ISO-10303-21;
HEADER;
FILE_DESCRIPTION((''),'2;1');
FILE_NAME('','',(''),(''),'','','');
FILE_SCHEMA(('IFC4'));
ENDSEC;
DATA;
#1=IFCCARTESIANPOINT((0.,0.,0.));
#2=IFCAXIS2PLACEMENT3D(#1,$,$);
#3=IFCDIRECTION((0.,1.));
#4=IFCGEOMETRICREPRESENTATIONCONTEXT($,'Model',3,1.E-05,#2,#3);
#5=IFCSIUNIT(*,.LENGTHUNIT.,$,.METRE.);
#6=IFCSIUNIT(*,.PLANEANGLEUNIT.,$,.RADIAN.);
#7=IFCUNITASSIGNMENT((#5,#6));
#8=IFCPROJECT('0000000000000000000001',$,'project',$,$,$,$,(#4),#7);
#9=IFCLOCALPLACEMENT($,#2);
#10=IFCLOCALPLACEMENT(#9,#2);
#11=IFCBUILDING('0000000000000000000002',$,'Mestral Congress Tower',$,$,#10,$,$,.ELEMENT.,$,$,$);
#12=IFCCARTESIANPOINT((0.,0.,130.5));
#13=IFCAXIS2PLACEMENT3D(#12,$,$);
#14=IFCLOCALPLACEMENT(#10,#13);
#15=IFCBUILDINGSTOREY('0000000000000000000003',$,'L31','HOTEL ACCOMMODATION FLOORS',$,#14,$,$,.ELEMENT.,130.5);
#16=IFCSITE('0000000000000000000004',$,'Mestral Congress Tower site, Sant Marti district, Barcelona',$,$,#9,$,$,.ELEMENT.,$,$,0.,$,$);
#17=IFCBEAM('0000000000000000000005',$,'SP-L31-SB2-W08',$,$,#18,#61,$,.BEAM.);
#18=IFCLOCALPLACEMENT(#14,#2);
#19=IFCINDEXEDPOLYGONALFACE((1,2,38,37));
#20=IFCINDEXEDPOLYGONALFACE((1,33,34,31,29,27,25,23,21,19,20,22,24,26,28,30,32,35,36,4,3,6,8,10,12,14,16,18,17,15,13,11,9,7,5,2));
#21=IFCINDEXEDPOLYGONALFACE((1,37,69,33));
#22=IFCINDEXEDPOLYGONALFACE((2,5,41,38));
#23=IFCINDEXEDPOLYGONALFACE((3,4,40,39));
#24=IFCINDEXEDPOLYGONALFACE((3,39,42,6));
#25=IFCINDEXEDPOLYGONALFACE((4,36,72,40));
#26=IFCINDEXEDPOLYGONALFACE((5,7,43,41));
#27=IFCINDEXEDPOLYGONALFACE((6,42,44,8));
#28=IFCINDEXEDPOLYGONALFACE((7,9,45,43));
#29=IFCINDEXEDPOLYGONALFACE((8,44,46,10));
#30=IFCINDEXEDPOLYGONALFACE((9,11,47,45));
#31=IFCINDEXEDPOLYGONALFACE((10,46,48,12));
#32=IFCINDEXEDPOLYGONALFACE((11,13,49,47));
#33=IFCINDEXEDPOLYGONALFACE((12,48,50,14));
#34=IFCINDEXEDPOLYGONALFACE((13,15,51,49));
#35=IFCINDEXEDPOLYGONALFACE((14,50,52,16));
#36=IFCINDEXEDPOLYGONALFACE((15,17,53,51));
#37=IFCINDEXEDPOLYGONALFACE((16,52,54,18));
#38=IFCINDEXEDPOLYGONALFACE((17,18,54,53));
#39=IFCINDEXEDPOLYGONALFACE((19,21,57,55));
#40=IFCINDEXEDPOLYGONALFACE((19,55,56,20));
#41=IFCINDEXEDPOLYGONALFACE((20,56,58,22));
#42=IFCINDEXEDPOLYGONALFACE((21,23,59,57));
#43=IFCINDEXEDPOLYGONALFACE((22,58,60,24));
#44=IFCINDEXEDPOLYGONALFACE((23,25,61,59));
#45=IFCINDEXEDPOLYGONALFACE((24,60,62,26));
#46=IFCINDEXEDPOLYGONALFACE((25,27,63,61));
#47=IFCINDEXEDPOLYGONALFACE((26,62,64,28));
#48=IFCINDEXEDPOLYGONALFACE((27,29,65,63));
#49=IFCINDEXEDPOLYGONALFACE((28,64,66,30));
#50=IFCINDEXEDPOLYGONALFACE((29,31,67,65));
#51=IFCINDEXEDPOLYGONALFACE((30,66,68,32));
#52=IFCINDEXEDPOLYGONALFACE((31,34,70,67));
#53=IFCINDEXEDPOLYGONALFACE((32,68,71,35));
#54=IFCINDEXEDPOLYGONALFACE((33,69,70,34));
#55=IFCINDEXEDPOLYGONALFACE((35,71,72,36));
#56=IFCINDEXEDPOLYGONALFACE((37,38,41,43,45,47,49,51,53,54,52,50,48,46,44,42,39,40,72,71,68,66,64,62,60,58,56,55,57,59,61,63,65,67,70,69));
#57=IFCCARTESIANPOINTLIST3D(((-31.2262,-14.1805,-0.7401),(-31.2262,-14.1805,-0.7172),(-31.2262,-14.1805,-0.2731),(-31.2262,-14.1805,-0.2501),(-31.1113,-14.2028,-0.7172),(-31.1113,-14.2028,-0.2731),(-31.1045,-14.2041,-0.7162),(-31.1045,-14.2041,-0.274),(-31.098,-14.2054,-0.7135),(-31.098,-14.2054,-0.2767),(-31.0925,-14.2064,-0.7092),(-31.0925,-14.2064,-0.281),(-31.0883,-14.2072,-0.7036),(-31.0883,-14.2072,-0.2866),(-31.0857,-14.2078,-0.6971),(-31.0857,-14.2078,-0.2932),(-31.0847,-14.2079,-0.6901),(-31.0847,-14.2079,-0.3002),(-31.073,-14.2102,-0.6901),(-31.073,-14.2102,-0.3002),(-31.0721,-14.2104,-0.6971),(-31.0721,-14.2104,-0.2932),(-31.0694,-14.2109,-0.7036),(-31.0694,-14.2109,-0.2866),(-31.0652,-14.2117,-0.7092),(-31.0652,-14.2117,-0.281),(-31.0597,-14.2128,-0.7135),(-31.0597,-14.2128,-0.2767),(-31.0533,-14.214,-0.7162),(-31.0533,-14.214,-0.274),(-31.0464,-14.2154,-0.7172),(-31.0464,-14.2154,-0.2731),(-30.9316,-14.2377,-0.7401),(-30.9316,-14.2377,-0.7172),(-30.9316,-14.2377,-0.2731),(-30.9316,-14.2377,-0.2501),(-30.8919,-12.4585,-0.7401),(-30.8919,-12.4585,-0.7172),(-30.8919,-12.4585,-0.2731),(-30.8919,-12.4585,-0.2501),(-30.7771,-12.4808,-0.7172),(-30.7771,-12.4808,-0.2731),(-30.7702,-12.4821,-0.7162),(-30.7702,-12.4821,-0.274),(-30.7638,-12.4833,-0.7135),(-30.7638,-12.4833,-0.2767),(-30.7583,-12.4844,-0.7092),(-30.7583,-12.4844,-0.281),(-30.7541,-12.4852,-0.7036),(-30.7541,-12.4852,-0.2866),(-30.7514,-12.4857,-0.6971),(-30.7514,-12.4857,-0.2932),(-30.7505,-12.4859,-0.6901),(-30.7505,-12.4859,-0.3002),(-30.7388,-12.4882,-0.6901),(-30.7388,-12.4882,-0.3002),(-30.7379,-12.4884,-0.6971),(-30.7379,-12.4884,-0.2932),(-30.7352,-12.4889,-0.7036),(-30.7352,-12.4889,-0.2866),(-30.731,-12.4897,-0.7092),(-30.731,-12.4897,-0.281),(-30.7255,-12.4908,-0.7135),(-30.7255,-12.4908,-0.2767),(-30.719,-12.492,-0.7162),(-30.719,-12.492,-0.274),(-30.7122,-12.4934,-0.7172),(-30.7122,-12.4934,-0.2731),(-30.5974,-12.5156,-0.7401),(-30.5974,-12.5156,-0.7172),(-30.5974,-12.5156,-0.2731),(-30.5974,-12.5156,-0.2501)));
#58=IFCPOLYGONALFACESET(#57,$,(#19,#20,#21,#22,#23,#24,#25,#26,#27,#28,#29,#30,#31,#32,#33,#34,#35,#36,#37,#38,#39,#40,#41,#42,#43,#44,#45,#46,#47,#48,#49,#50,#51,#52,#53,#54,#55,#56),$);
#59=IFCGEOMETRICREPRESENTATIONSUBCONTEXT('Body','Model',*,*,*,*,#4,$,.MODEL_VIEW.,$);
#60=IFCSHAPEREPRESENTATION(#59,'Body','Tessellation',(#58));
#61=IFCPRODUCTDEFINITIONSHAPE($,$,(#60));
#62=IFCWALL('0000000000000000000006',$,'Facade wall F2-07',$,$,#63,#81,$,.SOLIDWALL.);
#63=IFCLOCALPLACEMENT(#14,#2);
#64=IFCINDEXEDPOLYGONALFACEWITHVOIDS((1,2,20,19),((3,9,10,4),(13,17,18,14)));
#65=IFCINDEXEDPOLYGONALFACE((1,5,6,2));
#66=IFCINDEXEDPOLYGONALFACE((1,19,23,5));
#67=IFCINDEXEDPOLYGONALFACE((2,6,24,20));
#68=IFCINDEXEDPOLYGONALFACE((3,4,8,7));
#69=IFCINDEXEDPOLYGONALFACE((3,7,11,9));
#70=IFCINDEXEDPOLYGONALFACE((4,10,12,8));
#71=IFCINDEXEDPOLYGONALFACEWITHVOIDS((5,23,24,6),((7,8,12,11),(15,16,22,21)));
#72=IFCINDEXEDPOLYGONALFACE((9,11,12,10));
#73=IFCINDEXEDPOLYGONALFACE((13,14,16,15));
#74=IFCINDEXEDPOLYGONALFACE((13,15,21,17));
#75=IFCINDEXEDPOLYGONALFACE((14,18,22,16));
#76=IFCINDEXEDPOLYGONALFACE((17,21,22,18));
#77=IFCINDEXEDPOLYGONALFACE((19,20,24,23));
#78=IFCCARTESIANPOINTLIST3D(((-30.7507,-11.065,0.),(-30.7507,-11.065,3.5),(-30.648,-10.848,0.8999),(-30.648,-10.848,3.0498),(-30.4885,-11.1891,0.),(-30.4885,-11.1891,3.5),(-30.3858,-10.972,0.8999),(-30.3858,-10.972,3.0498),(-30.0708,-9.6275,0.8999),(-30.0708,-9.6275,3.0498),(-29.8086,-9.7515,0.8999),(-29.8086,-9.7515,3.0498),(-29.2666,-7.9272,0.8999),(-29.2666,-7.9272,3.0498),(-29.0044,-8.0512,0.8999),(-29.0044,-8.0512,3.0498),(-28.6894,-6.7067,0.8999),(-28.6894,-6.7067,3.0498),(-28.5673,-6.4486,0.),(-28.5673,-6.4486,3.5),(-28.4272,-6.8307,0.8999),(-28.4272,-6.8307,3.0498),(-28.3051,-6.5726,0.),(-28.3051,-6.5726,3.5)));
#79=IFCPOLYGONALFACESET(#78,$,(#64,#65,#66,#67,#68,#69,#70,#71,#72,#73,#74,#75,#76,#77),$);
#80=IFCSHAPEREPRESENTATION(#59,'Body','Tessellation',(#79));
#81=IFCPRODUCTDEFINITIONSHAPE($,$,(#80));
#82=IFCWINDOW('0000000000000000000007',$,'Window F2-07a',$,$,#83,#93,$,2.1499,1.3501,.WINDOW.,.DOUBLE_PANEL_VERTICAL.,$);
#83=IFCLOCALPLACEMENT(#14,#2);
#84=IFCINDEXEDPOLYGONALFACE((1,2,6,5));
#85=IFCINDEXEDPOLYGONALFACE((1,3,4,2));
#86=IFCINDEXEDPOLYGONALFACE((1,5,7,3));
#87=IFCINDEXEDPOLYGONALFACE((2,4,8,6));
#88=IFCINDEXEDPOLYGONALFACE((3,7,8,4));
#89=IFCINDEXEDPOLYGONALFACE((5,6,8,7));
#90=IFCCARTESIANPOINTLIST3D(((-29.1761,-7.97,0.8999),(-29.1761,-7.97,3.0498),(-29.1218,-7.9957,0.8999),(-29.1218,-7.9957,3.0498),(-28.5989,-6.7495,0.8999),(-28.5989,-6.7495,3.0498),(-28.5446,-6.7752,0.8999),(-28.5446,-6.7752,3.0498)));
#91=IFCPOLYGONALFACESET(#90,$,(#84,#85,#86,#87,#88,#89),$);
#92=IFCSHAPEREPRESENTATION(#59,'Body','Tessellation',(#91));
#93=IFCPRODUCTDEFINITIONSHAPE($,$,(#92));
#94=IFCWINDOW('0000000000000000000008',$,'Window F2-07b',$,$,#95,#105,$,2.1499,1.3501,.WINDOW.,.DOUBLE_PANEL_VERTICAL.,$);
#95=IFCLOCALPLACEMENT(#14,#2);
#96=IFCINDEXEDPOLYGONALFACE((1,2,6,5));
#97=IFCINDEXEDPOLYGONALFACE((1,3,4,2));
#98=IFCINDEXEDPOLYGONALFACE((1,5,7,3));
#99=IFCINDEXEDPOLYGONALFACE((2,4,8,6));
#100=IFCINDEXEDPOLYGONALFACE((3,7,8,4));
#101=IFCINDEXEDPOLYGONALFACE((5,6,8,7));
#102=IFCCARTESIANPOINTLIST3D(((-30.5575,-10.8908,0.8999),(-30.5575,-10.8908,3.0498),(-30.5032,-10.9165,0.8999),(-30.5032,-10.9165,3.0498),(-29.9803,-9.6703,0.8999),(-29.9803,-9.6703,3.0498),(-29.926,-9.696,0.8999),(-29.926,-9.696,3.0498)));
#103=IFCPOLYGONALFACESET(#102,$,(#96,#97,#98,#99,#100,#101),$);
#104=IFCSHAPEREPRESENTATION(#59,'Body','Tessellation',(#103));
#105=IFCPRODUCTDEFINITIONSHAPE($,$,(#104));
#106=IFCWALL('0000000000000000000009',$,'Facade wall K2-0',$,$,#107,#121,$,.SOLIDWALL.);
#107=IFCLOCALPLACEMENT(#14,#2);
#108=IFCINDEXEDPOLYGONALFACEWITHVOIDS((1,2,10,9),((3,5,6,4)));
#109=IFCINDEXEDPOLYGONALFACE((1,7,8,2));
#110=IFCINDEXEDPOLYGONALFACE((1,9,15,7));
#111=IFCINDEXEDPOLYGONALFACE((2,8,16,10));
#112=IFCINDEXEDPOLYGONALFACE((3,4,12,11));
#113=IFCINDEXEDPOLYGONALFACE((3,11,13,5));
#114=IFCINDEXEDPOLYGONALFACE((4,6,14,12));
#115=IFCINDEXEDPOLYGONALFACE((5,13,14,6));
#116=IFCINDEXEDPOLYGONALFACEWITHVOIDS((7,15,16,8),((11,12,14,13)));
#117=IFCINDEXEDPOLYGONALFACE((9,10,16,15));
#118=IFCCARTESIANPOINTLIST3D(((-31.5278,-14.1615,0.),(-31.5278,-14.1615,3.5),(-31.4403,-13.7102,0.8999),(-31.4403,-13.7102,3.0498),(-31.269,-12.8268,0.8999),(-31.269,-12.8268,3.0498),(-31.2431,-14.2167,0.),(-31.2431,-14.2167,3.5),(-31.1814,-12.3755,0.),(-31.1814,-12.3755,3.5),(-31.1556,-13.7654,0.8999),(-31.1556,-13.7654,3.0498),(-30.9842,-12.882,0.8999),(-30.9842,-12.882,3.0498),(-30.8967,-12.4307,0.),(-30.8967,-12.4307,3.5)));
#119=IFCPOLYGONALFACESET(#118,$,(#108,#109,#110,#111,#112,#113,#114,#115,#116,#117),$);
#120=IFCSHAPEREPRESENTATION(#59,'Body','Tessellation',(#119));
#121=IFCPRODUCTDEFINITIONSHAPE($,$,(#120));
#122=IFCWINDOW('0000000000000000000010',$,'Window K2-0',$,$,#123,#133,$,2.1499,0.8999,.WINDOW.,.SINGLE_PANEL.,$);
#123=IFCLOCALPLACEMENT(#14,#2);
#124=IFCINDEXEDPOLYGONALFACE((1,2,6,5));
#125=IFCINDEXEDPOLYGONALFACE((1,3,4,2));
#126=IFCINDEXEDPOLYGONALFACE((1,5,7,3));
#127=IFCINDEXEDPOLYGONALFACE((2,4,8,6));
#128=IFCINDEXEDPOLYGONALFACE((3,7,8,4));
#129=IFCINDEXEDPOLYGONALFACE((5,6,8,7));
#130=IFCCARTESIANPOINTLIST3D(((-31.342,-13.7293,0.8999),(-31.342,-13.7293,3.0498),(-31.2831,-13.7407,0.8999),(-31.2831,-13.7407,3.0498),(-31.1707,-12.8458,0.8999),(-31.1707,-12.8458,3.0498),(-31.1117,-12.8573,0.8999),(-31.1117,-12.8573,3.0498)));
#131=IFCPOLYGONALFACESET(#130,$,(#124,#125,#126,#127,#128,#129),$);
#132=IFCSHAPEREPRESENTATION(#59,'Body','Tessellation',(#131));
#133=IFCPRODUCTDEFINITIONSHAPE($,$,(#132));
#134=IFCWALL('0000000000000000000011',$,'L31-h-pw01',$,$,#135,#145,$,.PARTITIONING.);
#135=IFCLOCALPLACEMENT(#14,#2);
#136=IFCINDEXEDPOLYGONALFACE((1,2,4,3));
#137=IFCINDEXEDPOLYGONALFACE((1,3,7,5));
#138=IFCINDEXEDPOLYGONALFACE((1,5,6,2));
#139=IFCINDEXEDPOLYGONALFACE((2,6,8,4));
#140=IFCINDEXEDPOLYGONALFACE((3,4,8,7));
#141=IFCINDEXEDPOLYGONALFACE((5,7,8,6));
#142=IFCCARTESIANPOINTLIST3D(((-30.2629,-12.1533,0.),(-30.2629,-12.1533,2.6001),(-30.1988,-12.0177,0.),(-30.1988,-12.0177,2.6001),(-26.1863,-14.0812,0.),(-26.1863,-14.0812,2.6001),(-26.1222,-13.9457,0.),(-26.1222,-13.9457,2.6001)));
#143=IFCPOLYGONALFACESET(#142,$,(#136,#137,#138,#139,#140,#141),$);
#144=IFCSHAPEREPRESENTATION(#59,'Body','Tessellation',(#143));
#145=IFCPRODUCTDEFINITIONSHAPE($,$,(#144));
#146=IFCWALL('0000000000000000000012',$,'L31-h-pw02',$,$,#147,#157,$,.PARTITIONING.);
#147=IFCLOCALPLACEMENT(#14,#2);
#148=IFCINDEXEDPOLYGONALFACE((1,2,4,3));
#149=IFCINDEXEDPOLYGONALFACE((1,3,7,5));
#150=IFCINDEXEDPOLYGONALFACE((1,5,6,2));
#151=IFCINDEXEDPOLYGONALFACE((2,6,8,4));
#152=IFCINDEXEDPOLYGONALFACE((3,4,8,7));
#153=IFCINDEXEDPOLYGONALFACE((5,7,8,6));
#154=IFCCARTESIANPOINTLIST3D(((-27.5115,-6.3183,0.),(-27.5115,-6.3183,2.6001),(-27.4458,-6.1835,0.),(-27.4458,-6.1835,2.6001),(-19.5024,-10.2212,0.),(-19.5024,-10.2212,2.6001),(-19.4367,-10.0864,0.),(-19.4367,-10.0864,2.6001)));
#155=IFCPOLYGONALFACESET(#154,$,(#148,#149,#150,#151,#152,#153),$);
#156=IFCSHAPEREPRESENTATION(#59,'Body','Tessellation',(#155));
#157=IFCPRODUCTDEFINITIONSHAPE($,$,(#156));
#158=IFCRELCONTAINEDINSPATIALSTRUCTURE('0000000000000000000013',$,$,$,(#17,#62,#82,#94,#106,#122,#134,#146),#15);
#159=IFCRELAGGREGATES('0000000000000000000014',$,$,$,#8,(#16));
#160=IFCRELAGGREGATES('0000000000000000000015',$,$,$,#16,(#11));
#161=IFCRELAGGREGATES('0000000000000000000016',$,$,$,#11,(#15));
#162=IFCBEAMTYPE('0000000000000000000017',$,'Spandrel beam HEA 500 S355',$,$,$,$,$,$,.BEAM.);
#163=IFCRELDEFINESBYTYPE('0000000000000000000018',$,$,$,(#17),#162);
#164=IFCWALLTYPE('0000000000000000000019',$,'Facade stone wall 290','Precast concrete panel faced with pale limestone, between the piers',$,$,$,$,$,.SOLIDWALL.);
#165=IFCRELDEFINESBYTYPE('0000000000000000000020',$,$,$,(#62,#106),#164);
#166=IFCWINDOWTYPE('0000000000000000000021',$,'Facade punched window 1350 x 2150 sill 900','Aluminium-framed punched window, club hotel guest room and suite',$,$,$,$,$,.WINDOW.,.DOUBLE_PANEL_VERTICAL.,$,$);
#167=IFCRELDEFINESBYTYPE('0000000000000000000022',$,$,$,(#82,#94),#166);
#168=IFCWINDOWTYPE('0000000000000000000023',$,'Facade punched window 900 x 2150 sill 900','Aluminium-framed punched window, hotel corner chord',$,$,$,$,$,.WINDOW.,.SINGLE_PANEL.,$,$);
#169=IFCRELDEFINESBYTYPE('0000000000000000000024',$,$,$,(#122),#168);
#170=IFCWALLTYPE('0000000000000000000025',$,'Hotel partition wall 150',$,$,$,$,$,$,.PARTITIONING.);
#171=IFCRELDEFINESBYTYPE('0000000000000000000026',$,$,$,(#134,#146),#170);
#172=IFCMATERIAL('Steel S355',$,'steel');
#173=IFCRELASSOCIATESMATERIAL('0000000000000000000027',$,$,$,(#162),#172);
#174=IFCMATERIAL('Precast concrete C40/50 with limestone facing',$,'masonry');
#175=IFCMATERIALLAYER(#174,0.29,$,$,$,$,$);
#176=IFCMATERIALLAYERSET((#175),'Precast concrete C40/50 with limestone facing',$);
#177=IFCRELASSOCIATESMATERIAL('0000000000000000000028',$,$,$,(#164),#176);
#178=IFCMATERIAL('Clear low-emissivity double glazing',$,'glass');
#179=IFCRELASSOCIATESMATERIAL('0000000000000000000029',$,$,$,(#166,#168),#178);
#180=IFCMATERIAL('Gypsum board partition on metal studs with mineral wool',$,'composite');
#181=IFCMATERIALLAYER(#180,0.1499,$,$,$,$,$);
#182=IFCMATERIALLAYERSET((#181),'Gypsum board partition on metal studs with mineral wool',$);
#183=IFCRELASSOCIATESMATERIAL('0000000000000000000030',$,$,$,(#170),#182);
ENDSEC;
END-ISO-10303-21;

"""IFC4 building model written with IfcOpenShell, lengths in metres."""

from ifc_helpers import new_model, si_unit, direction, frame, frame_2d, origin, origin_2d, place, context, subcontext, project, spatial, rectangle, i_section, extrude, material, layer, layer_set, material_profile, profile_set, type_object, element, fill, save


model = new_model("IFC4")

# Units and contexts
model_context = context("Model", 3, precision=1e-05, world=origin(), true_north=direction((0.0, 1.0)))
body_context = subcontext(model_context, "Body", "Model", "MODEL_VIEW")
ifc_project = project(units=[si_unit("LENGTHUNIT", "METRE"), si_unit("PLANEANGLEUNIT", "RADIAN")], contexts=[model_context])

# Site, building, storey
site_placement = place(None, origin())
site = spatial("IfcSite", under=ifc_project, at=site_placement, Name="Mestral Congress Tower site, Sant Marti district, Barcelona", CompositionType="ELEMENT", RefElevation=0.0)
building_placement = place(site_placement, origin())
building = spatial("IfcBuilding", under=site, at=building_placement, Name="Mestral Congress Tower", CompositionType="ELEMENT")
storey_placement = place(building_placement, frame((0.0, 0.0, 130.5)))
storey = spatial("IfcBuildingStorey", under=building, at=storey_placement, Name="L31", Description="HOTEL ACCOMMODATION FLOORS", CompositionType="ELEMENT", Elevation=130.5)

# Beam
ifc_material_1 = material(Name="Steel S355", Category="steel")
ifc_material_profile_1 = material_profile(ifc_material_1, i_section(OverallWidth=0.3, OverallDepth=0.49, WebThickness=0.012, FlangeThickness=0.0229, FilletRadius=0.0271, at=origin_2d()), Name="HEA 500")
ifc_profile_set_1 = profile_set([ifc_material_profile_1], Name="Steel S355")
beam_type_1 = type_object("IfcBeamType", Name="Spandrel beam HEA 500 S355", PredefinedType="BEAM", material=ifc_profile_set_1)
beam_1_placement = place(storey_placement, frame((-30.7446, -12.4871, -0.4951), z_axis=(-0.190546, -0.981678, 0.0), x_axis=(0.981678, -0.190546, 0.0)))
element("IfcBeam", 1, at=beam_1_placement, inside=storey, type_object=beam_type_1, Name="SP-L31-SB2-W08", PredefinedType="BEAM", context=body_context, shape_type="SweptSolid", body=[
    extrude(i_section(OverallWidth=0.3, OverallDepth=0.49, WebThickness=0.012, FlangeThickness=0.0229, FilletRadius=0.0271, at=origin_2d()), origin(), (0.0, 0.0, 1.0), 1.7542),
])

# Wall, openings, windows
ifc_material_2 = material(Name="Precast concrete C40/50 with limestone facing", Category="masonry")
ifc_layer_1 = layer(ifc_material_2, 0.29)
ifc_layer_set_1 = layer_set([ifc_layer_1], Name="Precast concrete C40/50 with limestone facing")
wall_type_1 = type_object("IfcWallType", Name="Facade stone wall 290", Description="Precast concrete panel faced with pale limestone, between the piers", PredefinedType="SOLIDWALL", material=ifc_layer_set_1)
wall_1_placement = place(storey_placement, frame((-28.4363, -6.5107, 0.0), z_axis=(0.0, 0.0, 1.0), x_axis=(-0.427544, -0.903995, 0.0)))
wall_1 = element("IfcWall", 2, at=wall_1_placement, inside=storey, type_object=wall_type_1, Name="Facade wall F2-07", PredefinedType="SOLIDWALL", context=body_context, shape_type="SweptSolid", body=[
    extrude(rectangle(XDim=5.1067, YDim=0.29, at=frame_2d((2.5532, 0.0))), origin(), (0.0, 0.0, 1.0), 3.5),
])
opening_1_placement = place(wall_1_placement, frame((0.2854, 0.0, 0.8999)))
opening_1 = element("IfcOpeningElement", 3, at=opening_1_placement, cuts=wall_1, PredefinedType="OPENING", context=body_context, shape_type="SweptSolid", body=[
    extrude(rectangle(XDim=1.3501, YDim=2.1499, at=frame_2d((0.675, 1.075))), frame((0.0, 0.155, 0.0), z_axis=(0.0, -1.0, 0.0), x_axis=(1.0, 0.0, 0.0)), (0.0, 0.0, 1.0), 0.3101),
])
opening_2_placement = place(wall_1_placement, frame((3.5164, 0.0, 0.8999)))
opening_2 = element("IfcOpeningElement", 4, at=opening_2_placement, cuts=wall_1, PredefinedType="OPENING", context=body_context, shape_type="SweptSolid", body=[
    extrude(rectangle(XDim=1.3501, YDim=2.1499, at=frame_2d((0.675, 1.075))), frame((0.0, 0.155, 0.0), z_axis=(0.0, -1.0, 0.0), x_axis=(1.0, 0.0, 0.0)), (0.0, 0.0, 1.0), 0.3101),
])
ifc_material_3 = material(Name="Clear low-emissivity double glazing", Category="glass")
window_type_1 = type_object("IfcWindowType", Name="Facade punched window 1350 x 2150 sill 900", Description="Aluminium-framed punched window, club hotel guest room and suite", PartitioningType="DOUBLE_PANEL_VERTICAL", PredefinedType="WINDOW", material=ifc_material_3)
window_1_placement = place(opening_1_placement, origin())
window_1 = element("IfcWindow", 5, at=window_1_placement, inside=storey, type_object=window_type_1, Name="Window F2-07a", OverallHeight=2.1499, OverallWidth=1.3501, PartitioningType="DOUBLE_PANEL_VERTICAL", PredefinedType="WINDOW", context=body_context, shape_type="SweptSolid", body=[
    extrude(rectangle(XDim=1.3501, YDim=2.1499, at=frame_2d((0.675, 1.075))), frame((0.0, 0.0151, 0.0), z_axis=(0.0, -1.0, 0.0), x_axis=(1.0, 0.0, 0.0)), (0.0, 0.0, 1.0), 0.0601),
])
fill(opening_1, window_1)
window_2_placement = place(opening_2_placement, origin())
window_2 = element("IfcWindow", 6, at=window_2_placement, inside=storey, type_object=window_type_1, Name="Window F2-07b", OverallHeight=2.1499, OverallWidth=1.3501, PartitioningType="DOUBLE_PANEL_VERTICAL", PredefinedType="WINDOW", context=body_context, shape_type="SweptSolid", body=[
    extrude(rectangle(XDim=1.3501, YDim=2.1499, at=frame_2d((0.675, 1.075))), frame((0.0, 0.0151, 0.0), z_axis=(0.0, -1.0, 0.0), x_axis=(1.0, 0.0, 0.0)), (0.0, 0.0, 1.0), 0.0601),
])
fill(opening_2, window_2)

# Wall, opening, window
wall_2_placement = place(storey_placement, frame((-31.0391, -12.4031, 0.0), z_axis=(0.0, 0.0, 1.0), x_axis=(-0.19041, -0.981705, 0.0)))
wall_2 = element("IfcWall", 7, at=wall_2_placement, inside=storey, type_object=wall_type_1, Name="Facade wall K2-0", PredefinedType="SOLIDWALL", context=body_context, shape_type="SweptSolid", body=[
    extrude(rectangle(XDim=1.8193, YDim=0.29, at=frame_2d((0.9097, 0.0))), origin(), (0.0, 0.0, 1.0), 3.5),
])
opening_3_placement = place(wall_2_placement, frame((0.4597, 0.0, 0.8999)))
opening_3 = element("IfcOpeningElement", 8, at=opening_3_placement, cuts=wall_2, PredefinedType="OPENING", context=body_context, shape_type="SweptSolid", body=[
    extrude(rectangle(XDim=0.8999, YDim=2.1499, at=frame_2d((0.45, 1.075))), frame((0.0, 0.155, 0.0), z_axis=(0.0, -1.0, 0.0), x_axis=(1.0, 0.0, 0.0)), (0.0, 0.0, 1.0), 0.3101),
])
window_type_2 = type_object("IfcWindowType", Name="Facade punched window 900 x 2150 sill 900", Description="Aluminium-framed punched window, hotel corner chord", PartitioningType="SINGLE_PANEL", PredefinedType="WINDOW", material=ifc_material_3)
window_3_placement = place(opening_3_placement, origin())
window_3 = element("IfcWindow", 9, at=window_3_placement, inside=storey, type_object=window_type_2, Name="Window K2-0", OverallHeight=2.1499, OverallWidth=0.8999, PartitioningType="SINGLE_PANEL", PredefinedType="WINDOW", context=body_context, shape_type="SweptSolid", body=[
    extrude(rectangle(XDim=0.8999, YDim=2.1499, at=frame_2d((0.45, 1.075))), frame((0.0, 0.0151, 0.0), z_axis=(0.0, -1.0, 0.0), x_axis=(1.0, 0.0, 0.0)), (0.0, 0.0, 1.0), 0.0601),
])
fill(opening_3, window_3)

# Walls
ifc_material_4 = material(Name="Gypsum board partition on metal studs with mineral wool", Category="composite")
ifc_layer_2 = layer(ifc_material_4, 0.1499)
ifc_layer_set_2 = layer_set([ifc_layer_2], Name="Gypsum board partition on metal studs with mineral wool")
wall_type_2 = type_object("IfcWallType", Name="Hotel partition wall 150", PredefinedType="PARTITIONING", material=ifc_layer_set_2)
wall_3_placement = place(storey_placement, frame((-30.231, -12.0854, 0.0), z_axis=(0.0, 0.0, 1.0), x_axis=(0.904001, -0.42753, 0.0)))
element("IfcWall", 10, at=wall_3_placement, inside=storey, type_object=wall_type_2, Name="L31-h-pw01", PredefinedType="PARTITIONING", context=body_context, shape_type="SweptSolid", body=[
    extrude(rectangle(XDim=4.5095, YDim=0.1499, at=frame_2d((2.2549, 0.0))), origin(), (0.0, 0.0, 1.0), 2.6001),
])
wall_4_placement = place(storey_placement, frame((-27.4785, -6.251, 0.0), z_axis=(0.0, 0.0, 1.0), x_axis=(0.898946, -0.43806, 0.0)))
element("IfcWall", 11, at=wall_4_placement, inside=storey, type_object=wall_type_2, Name="L31-h-pw02", PredefinedType="PARTITIONING", context=body_context, shape_type="SweptSolid", body=[
    extrude(rectangle(XDim=8.9094, YDim=0.1499, at=frame_2d((4.4546, 0.0))), origin(), (0.0, 0.0, 1.0), 2.6001),
])

save(model, "model.ifc")
